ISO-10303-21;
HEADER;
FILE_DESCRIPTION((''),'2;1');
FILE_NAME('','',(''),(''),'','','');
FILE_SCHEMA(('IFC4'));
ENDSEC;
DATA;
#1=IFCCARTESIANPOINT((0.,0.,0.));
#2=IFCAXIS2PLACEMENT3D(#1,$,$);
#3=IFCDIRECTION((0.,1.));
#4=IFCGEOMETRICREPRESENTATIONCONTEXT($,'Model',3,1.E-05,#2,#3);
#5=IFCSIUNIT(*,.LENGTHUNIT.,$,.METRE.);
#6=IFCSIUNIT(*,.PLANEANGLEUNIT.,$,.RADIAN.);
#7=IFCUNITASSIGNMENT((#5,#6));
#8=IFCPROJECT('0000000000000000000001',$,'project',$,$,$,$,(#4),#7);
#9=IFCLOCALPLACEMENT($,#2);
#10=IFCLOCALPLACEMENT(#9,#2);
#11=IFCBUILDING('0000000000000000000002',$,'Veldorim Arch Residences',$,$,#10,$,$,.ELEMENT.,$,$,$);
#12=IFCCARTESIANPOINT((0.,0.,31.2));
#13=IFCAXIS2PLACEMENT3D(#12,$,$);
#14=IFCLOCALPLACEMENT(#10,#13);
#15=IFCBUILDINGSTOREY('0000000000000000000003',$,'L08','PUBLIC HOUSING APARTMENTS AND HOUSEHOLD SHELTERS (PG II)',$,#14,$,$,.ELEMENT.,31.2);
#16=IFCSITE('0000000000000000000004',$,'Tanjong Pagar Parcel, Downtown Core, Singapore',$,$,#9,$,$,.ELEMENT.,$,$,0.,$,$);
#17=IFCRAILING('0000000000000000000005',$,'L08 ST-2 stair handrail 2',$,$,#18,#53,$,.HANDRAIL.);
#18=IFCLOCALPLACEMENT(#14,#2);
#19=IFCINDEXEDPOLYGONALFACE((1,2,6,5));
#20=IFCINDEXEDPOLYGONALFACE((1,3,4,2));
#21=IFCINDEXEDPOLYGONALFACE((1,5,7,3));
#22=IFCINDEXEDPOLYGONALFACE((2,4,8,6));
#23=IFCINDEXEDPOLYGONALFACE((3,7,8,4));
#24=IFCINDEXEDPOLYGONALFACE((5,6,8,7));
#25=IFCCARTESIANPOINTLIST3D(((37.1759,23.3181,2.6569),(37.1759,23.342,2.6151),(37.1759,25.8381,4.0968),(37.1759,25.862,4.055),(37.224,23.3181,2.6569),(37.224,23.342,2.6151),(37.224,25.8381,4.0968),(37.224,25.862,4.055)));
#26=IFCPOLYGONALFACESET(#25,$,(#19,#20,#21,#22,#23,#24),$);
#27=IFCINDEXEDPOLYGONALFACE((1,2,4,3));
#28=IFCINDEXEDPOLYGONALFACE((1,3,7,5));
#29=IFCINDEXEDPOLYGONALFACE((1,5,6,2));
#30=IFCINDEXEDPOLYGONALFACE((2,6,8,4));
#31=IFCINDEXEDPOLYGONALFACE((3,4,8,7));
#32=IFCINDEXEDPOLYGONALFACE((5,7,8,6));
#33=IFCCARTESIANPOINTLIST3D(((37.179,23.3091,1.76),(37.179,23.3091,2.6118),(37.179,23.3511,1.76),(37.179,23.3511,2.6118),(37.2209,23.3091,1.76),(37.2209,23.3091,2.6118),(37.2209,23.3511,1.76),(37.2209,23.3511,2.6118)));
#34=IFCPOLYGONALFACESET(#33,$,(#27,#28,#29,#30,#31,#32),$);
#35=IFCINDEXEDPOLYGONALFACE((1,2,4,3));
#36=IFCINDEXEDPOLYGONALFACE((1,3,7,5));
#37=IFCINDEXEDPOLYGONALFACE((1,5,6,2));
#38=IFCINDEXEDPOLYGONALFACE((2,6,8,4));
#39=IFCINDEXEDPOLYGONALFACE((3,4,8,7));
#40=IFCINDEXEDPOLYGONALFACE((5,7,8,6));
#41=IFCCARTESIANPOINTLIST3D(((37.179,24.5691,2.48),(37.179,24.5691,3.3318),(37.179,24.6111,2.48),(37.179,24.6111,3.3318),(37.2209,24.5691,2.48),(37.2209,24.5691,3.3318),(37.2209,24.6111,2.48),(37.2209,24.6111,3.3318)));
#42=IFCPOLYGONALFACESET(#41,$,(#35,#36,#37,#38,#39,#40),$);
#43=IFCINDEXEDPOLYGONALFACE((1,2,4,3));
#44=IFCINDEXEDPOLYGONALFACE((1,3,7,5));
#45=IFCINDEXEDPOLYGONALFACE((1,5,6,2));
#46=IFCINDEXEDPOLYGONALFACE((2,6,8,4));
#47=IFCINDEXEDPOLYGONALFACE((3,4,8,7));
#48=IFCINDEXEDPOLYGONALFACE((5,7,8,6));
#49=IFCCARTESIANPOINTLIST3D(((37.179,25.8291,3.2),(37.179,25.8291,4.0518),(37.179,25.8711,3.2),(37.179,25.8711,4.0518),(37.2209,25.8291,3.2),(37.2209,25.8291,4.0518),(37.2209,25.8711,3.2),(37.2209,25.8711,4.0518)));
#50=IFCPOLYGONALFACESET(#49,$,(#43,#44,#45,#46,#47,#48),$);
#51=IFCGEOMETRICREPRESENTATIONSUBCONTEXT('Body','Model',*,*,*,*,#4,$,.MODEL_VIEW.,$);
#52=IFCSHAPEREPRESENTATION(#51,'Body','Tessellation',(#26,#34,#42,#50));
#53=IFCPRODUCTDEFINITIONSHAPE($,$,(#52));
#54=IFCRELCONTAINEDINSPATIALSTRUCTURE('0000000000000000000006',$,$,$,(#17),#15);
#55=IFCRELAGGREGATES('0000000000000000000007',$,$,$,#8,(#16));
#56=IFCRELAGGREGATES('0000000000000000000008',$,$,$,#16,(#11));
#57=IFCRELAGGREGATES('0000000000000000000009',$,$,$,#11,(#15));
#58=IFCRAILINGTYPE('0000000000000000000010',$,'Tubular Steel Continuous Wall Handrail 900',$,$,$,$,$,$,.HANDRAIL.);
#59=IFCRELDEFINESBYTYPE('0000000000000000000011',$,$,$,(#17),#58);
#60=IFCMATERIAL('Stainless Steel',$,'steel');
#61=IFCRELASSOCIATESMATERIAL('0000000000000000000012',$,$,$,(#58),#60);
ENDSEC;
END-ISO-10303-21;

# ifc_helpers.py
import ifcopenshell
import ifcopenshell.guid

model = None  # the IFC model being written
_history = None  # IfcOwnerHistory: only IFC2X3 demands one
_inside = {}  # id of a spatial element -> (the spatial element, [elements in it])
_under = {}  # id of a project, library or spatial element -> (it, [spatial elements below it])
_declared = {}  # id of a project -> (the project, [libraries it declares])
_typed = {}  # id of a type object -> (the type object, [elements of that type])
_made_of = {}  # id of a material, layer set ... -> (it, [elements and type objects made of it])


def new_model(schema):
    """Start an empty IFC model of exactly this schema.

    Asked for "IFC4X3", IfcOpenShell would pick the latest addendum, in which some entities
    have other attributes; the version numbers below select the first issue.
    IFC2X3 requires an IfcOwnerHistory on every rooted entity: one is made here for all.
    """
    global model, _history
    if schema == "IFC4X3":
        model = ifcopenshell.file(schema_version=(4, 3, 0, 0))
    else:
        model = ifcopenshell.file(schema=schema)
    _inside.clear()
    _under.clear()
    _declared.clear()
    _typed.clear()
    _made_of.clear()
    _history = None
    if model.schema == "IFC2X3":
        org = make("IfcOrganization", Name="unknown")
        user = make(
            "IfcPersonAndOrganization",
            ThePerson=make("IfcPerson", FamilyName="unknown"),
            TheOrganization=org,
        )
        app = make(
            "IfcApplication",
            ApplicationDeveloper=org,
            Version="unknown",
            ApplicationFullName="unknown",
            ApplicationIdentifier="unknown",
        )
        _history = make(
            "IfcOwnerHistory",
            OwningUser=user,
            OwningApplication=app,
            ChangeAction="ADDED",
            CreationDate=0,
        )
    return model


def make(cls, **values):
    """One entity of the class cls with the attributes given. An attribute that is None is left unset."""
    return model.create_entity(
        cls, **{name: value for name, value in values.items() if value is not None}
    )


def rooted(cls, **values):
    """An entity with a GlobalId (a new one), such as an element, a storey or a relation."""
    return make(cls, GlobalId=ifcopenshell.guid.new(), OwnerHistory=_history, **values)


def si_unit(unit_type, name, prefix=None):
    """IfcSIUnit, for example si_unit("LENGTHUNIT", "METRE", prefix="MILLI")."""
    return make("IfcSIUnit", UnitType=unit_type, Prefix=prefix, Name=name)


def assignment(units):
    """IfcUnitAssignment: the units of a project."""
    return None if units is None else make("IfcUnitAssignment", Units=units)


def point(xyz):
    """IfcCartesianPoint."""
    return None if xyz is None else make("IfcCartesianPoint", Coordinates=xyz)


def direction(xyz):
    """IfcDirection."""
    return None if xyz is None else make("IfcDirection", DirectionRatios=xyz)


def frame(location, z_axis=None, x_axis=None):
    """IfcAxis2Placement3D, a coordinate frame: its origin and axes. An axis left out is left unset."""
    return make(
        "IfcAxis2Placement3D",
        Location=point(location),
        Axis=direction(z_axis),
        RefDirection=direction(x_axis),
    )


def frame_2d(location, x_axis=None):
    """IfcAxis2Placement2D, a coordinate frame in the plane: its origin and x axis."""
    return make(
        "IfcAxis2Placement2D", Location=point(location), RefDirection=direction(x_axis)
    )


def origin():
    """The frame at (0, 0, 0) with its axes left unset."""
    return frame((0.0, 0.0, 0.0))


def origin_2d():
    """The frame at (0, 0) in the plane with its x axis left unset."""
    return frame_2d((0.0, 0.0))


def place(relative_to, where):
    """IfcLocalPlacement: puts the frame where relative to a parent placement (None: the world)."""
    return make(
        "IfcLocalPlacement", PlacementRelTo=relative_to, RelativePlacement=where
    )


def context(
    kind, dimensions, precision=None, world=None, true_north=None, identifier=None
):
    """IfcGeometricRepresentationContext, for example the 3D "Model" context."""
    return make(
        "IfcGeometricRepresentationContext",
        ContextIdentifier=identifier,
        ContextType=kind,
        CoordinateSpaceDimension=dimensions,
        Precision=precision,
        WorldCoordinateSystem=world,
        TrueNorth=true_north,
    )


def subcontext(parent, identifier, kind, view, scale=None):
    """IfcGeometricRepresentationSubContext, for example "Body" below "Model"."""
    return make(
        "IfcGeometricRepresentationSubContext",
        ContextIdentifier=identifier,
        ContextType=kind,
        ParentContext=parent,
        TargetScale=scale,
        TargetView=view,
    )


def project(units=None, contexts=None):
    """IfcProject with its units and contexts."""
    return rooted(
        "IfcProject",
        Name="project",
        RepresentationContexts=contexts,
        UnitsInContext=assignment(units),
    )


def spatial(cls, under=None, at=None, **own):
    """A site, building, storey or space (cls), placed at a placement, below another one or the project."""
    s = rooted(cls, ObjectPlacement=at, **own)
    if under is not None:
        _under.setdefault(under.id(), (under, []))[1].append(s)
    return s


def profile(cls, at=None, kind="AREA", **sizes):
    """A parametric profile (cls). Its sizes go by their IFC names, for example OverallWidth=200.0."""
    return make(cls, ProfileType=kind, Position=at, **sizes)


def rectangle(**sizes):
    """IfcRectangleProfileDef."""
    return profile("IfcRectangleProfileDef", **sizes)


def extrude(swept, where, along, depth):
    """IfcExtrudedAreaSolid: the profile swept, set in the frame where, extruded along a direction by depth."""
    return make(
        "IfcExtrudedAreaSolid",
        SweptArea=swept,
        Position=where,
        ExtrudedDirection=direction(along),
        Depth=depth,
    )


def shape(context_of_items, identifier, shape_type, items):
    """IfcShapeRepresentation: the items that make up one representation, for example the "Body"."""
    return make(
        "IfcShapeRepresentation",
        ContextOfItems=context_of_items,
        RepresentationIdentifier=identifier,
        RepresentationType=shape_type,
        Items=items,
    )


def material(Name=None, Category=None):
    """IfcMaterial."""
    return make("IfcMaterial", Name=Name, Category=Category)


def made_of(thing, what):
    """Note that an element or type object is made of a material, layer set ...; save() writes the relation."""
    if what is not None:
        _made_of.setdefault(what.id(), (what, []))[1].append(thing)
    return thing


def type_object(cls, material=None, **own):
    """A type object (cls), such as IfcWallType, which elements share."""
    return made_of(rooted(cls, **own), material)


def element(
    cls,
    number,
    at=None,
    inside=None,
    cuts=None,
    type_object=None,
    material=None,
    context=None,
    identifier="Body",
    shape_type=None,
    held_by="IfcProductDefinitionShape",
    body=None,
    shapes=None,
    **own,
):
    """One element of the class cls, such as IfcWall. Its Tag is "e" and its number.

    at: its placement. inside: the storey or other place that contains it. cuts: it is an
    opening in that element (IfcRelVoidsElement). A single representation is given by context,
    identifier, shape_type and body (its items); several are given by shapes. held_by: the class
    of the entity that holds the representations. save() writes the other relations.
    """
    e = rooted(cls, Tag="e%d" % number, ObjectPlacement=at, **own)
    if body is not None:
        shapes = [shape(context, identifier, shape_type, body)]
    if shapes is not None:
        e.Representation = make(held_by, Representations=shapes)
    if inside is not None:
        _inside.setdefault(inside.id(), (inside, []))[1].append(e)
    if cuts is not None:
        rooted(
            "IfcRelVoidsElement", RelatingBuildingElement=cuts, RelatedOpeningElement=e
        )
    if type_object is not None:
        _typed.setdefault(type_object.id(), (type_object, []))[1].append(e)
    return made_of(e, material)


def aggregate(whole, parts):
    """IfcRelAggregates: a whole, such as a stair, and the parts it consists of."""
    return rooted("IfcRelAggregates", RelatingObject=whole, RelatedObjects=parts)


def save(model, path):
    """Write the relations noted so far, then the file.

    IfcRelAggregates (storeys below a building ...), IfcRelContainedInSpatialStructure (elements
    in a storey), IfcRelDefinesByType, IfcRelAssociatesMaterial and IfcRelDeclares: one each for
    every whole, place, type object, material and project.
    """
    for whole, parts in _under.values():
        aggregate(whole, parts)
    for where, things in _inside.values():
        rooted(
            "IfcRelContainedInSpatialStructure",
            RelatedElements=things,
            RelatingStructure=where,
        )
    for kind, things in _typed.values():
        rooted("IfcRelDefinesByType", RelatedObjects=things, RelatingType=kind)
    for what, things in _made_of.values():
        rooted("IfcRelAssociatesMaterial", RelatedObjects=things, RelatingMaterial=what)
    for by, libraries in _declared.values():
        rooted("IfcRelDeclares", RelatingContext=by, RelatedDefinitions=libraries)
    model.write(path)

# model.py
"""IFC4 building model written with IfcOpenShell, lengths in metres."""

from ifc_helpers import new_model, si_unit, direction, frame, origin, origin_2d, place, context, subcontext, project, spatial, rectangle, extrude, material, type_object, element, save


model = new_model("IFC4")

# Units and contexts
model_context = context("Model", 3, precision=1e-05, world=origin(), true_north=direction((0.0, 1.0)))
body_context = subcontext(model_context, "Body", "Model", "MODEL_VIEW")
ifc_project = project(units=[si_unit("LENGTHUNIT", "METRE"), si_unit("PLANEANGLEUNIT", "RADIAN")], contexts=[model_context])

# Site, building, storey
site_placement = place(None, origin())
site = spatial("IfcSite", under=ifc_project, at=site_placement, Name="Tanjong Pagar Parcel, Downtown Core, Singapore", CompositionType="ELEMENT", RefElevation=0.0)
building_placement = place(site_placement, origin())
building = spatial("IfcBuilding", under=site, at=building_placement, Name="Veldorim Arch Residences", CompositionType="ELEMENT")
storey_placement = place(building_placement, frame((0.0, 0.0, 31.2)))
storey = spatial("IfcBuildingStorey", under=building, at=storey_placement, Name="L08", Description="PUBLIC HOUSING APARTMENTS AND HOUSEHOLD SHELTERS (PG II)", CompositionType="ELEMENT", Elevation=31.2)

# Railing
ifc_material_1 = material(Name="Stainless Steel", Category="steel")
railing_type_1 = type_object("IfcRailingType", Name="Tubular Steel Continuous Wall Handrail 900", PredefinedType="HANDRAIL", material=ifc_material_1)
railing_1_placement = place(storey_placement, frame((37.2, 23.3301, 1.76)))
element("IfcRailing", 1, at=railing_1_placement, inside=storey, type_object=railing_type_1, Name="L08 ST-2 stair handrail 2", PredefinedType="HANDRAIL", context=body_context, shape_type="SweptSolid", body=[
    extrude(rectangle(XDim=0.0481, YDim=0.0481, at=origin_2d()), frame((0.0, 0.0, 0.876), z_axis=(0.0, 0.868253, 0.496121), x_axis=(-1.0, 0.0, 0.0)), (0.0, 0.0, 1.0), 2.9023),
    extrude(rectangle(XDim=0.042, YDim=0.042, at=origin_2d()), origin(), (0.0, 0.0, 1.0), 0.8518),
    extrude(rectangle(XDim=0.042, YDim=0.042, at=origin_2d()), frame((0.0, 1.26, 0.72)), (0.0, 0.0, 1.0), 0.8518),
    extrude(rectangle(XDim=0.042, YDim=0.042, at=origin_2d()), frame((0.0, 2.52, 1.4399)), (0.0, 0.0, 1.0), 0.8518),
])

save(model, "model.ifc")
